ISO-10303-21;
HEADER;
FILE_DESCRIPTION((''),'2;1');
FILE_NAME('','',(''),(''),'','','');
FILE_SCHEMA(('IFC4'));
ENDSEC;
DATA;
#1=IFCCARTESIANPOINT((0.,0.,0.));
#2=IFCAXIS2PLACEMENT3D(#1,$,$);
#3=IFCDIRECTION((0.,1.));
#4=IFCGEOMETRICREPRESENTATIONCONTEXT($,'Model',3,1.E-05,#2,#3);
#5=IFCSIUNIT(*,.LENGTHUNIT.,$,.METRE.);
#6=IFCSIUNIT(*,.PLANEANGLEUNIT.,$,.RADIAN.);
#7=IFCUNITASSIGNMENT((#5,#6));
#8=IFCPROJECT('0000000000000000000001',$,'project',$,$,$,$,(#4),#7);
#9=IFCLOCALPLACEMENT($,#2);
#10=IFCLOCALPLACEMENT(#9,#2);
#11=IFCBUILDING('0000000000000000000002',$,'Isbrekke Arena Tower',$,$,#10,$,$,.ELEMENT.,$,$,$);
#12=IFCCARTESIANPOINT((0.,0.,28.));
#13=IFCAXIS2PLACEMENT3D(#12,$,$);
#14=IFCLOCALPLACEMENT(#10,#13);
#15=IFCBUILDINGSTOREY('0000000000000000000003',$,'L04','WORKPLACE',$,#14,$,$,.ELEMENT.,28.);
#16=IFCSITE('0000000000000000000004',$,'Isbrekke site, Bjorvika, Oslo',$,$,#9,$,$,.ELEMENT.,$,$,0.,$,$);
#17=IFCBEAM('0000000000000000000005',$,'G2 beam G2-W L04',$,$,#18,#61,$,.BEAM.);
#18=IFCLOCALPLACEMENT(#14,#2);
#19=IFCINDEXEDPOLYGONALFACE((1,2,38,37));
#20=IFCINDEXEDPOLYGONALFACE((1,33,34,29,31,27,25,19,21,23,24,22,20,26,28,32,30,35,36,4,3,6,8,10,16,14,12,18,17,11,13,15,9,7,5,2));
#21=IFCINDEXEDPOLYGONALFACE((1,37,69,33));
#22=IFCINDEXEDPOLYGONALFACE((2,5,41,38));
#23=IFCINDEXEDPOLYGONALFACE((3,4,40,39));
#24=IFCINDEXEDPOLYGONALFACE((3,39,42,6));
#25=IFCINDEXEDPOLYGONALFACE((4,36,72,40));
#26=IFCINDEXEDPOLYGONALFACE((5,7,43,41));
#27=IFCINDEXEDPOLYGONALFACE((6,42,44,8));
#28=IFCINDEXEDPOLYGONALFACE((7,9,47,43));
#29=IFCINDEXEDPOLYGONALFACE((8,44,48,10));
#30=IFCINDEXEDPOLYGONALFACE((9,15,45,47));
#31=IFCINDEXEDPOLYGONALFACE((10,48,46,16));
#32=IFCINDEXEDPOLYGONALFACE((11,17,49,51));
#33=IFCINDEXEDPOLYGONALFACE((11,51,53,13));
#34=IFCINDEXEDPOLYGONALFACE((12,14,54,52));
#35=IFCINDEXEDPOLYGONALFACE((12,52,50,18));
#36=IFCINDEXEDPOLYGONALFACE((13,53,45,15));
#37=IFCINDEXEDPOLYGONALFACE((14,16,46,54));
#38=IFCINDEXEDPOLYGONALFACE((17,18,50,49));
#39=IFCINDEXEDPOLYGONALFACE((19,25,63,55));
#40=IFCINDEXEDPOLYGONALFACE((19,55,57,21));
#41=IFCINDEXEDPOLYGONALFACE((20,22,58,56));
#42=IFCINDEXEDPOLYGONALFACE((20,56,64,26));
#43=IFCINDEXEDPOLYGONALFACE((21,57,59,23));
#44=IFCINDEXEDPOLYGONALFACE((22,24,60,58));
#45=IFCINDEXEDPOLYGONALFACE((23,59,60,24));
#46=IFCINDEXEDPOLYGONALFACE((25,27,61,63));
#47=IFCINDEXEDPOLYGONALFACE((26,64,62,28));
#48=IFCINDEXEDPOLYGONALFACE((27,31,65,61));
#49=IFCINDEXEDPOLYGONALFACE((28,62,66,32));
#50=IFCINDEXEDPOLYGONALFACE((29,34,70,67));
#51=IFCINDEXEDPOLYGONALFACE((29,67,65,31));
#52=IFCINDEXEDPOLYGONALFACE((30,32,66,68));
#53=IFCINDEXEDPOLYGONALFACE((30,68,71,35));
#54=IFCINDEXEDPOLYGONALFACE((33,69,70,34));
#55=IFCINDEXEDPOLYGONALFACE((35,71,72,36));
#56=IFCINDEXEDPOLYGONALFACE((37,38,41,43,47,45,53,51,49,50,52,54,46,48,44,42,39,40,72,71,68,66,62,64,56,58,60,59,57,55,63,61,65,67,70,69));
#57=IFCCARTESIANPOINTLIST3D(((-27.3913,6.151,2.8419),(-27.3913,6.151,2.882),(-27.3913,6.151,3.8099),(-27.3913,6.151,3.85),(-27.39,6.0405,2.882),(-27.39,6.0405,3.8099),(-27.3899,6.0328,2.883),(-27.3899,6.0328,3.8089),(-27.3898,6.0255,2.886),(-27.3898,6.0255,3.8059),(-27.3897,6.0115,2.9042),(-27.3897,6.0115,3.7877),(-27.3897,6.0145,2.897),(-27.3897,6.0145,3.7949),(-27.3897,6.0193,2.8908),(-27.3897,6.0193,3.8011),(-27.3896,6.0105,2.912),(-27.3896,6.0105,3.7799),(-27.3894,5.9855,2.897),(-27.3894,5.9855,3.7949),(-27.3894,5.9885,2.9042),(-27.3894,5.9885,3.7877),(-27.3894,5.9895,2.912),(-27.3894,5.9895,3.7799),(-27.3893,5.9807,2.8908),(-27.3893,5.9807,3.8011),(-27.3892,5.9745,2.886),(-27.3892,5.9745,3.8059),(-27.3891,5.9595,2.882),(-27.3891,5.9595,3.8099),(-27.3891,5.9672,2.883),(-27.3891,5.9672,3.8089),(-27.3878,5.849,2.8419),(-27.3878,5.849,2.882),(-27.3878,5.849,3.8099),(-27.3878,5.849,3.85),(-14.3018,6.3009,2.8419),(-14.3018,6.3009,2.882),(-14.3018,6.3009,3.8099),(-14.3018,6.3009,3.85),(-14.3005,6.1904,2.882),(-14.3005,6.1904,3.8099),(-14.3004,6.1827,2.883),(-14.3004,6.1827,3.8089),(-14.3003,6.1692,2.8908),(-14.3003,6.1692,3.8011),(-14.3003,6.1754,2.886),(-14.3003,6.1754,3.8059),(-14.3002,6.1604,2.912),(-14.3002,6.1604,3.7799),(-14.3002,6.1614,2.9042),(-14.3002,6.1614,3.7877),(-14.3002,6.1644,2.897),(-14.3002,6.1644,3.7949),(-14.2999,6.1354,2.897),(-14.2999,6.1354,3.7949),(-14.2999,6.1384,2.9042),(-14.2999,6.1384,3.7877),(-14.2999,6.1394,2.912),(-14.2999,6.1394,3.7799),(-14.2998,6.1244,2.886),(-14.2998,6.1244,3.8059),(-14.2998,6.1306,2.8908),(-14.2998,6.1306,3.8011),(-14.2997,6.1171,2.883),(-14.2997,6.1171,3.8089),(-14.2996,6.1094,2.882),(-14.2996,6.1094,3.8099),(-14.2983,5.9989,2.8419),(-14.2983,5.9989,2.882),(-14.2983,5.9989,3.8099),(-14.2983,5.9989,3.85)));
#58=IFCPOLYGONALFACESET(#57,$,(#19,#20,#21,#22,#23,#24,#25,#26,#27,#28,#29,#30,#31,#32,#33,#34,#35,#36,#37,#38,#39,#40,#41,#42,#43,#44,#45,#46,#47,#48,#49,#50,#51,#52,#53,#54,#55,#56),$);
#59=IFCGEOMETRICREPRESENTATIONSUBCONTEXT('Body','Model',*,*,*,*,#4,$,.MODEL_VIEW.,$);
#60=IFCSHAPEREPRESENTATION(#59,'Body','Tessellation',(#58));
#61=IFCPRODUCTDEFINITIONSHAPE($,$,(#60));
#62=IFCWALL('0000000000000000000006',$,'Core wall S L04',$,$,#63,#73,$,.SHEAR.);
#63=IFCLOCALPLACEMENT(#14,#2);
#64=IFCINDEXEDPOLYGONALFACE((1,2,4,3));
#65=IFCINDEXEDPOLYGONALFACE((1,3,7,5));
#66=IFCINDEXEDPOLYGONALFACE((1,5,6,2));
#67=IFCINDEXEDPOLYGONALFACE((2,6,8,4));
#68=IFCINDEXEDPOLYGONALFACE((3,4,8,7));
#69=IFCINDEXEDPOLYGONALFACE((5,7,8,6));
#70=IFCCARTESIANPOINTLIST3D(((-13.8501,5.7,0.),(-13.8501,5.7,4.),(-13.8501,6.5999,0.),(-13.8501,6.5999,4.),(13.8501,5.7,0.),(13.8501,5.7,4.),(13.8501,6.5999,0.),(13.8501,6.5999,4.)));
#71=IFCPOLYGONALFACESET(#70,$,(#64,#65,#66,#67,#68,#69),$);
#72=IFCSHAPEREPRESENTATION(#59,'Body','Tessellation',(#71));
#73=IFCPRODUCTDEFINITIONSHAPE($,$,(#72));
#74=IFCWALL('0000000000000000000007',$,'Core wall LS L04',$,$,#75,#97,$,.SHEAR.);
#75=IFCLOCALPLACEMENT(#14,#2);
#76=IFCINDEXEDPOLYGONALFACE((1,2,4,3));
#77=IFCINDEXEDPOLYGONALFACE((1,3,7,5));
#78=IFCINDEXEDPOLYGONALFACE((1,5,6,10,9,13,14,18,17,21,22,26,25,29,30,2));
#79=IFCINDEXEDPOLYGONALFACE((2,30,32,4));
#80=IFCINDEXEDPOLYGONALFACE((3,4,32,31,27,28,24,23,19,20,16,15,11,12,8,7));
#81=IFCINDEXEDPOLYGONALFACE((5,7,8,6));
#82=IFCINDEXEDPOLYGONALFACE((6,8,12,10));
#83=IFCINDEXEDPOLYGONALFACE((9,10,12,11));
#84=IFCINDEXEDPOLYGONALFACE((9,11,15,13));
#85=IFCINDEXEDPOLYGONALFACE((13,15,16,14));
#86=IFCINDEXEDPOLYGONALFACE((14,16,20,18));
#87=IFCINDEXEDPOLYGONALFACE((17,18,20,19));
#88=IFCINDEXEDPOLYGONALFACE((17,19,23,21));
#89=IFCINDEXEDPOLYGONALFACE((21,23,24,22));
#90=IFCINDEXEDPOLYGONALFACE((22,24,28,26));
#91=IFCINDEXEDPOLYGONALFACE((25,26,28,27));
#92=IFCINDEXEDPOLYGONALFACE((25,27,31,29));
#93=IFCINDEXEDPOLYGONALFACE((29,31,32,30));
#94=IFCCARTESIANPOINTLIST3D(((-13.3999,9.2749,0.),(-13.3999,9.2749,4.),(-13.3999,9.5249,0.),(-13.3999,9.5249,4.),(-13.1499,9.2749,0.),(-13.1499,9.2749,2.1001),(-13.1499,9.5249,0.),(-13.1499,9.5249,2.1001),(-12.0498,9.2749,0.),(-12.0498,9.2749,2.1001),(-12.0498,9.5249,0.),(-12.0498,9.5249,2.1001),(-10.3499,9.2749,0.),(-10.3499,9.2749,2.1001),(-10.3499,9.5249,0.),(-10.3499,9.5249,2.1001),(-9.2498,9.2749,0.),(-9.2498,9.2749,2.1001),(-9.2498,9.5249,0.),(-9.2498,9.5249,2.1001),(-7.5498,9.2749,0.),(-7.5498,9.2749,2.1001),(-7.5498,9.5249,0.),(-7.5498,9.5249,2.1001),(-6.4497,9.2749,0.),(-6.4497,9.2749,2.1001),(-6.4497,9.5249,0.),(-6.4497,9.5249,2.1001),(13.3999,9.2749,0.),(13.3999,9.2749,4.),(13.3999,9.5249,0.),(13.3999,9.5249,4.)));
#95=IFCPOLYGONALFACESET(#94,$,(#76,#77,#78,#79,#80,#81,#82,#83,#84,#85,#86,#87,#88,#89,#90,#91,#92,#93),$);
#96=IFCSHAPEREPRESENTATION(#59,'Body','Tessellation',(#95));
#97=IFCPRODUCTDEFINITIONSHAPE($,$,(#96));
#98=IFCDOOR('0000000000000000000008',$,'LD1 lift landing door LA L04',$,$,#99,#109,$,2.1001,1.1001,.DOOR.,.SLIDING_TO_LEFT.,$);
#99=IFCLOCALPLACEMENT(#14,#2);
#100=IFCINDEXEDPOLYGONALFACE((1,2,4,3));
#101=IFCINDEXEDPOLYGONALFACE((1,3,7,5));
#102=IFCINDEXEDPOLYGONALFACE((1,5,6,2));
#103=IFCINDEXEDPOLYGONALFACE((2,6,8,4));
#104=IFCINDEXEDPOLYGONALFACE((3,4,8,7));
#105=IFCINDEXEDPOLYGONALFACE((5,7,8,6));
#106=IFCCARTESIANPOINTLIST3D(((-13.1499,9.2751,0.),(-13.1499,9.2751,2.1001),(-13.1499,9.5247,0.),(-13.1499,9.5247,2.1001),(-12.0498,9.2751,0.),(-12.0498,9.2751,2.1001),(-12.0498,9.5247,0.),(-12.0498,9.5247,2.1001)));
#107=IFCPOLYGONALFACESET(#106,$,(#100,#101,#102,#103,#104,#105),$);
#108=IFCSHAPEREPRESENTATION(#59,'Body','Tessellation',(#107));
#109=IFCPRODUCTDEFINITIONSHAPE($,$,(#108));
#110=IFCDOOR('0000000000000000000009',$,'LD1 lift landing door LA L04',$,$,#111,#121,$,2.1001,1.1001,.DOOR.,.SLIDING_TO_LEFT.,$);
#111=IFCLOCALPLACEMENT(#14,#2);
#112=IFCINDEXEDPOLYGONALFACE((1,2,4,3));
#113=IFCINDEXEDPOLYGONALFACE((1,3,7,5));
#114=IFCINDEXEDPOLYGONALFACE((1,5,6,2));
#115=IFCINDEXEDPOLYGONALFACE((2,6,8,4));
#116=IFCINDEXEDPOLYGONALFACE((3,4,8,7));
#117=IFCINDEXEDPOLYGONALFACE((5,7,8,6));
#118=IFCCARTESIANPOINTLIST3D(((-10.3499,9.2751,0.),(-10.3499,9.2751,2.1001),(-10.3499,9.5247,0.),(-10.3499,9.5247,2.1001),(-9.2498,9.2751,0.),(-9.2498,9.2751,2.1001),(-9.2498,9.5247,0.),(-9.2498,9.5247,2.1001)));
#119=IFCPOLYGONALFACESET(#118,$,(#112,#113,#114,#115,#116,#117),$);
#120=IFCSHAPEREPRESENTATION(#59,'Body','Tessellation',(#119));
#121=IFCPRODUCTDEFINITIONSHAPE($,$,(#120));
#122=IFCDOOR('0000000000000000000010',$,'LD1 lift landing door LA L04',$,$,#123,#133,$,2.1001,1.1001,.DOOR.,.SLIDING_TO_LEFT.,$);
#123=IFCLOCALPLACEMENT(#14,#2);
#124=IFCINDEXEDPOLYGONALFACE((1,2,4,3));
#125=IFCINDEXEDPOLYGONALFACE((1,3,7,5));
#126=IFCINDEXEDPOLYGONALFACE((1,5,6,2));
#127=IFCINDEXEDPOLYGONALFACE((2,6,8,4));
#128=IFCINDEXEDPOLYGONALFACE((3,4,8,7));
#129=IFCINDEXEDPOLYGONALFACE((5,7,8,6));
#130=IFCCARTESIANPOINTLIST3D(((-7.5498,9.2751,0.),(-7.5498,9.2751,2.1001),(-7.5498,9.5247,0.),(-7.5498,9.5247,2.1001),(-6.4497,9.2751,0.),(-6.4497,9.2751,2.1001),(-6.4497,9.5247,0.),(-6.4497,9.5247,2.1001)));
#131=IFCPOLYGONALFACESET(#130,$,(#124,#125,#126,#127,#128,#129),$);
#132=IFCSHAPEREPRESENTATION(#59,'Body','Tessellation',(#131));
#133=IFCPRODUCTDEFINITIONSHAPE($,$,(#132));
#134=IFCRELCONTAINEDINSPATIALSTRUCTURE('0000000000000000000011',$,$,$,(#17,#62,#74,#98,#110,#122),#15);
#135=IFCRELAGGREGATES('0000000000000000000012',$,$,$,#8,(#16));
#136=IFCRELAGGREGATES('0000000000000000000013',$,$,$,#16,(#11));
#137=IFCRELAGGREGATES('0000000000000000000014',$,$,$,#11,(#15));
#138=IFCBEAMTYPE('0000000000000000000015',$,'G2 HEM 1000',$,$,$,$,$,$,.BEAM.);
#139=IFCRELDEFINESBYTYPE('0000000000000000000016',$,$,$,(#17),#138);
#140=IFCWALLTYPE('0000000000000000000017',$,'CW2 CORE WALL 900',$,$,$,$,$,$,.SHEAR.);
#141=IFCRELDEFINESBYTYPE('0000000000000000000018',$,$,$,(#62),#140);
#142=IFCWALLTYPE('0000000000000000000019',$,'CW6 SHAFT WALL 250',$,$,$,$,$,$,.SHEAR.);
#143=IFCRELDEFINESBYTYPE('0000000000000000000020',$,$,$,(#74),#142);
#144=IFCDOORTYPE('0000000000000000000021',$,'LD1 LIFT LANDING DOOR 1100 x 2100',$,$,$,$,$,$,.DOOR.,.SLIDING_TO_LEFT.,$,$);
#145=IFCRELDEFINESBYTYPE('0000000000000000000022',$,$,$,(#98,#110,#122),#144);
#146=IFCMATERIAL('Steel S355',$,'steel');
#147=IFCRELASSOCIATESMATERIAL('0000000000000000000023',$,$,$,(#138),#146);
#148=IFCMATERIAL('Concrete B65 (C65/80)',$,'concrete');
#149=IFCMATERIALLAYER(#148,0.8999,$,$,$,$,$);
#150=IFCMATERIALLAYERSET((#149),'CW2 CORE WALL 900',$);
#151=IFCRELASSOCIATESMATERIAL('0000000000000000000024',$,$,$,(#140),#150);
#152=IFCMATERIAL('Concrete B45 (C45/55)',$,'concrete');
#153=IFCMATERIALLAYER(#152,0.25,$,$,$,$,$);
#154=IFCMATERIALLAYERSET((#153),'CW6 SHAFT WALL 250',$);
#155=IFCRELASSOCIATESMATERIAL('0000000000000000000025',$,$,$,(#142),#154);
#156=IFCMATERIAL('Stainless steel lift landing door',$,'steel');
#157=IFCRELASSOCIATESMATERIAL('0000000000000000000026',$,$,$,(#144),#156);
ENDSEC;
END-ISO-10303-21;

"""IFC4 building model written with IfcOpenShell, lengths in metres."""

from ifc_helpers import new_model, si_unit, direction, frame, frame_2d, origin, origin_2d, place, context, subcontext, project, spatial, rectangle, i_section, extrude, material, layer, layer_set, material_profile, profile_set, type_object, element, fill, save


model = new_model("IFC4")

# Units and contexts
model_context = context("Model", 3, precision=1e-05, world=origin(), true_north=direction((0.0, 1.0)))
body_context = subcontext(model_context, "Body", "Model", "MODEL_VIEW")
ifc_project = project(units=[si_unit("LENGTHUNIT", "METRE"), si_unit("PLANEANGLEUNIT", "RADIAN")], contexts=[model_context])

# Site, building, storey
site_placement = place(None, origin())
site = spatial("IfcSite", under=ifc_project, at=site_placement, Name="Isbrekke site, Bjorvika, Oslo", CompositionType="ELEMENT", RefElevation=0.0)
building_placement = place(site_placement, origin())
building = spatial("IfcBuilding", under=site, at=building_placement, Name="Isbrekke Arena Tower", CompositionType="ELEMENT")
storey_placement = place(building_placement, frame((0.0, 0.0, 28.0)))
storey = spatial("IfcBuildingStorey", under=building, at=storey_placement, Name="L04", Description="WORKPLACE", CompositionType="ELEMENT", Elevation=28.0)

# Beam
ifc_material_1 = material(Name="Steel S355", Category="steel")
ifc_material_profile = material_profile(ifc_material_1, i_section(OverallWidth=0.302, OverallDepth=1.0081, WebThickness=0.021, FlangeThickness=0.04, FilletRadius=0.03, at=origin_2d()), Name="HEM 1000")
ifc_profile_set = profile_set([ifc_material_profile], Name="Steel S355")
beam_type = type_object("IfcBeamType", Name="G2 HEM 1000", PredefinedType="BEAM", material=ifc_profile_set)
beam_placement = place(storey_placement, frame((-14.3, 6.1499, 3.3459), z_axis=(-0.999934, -0.011451, 0.0), x_axis=(0.011451, -0.999934, 0.0)))
element("IfcBeam", 1, at=beam_placement, inside=storey, type_object=beam_type, Name="G2 beam G2-W L04", PredefinedType="BEAM", context=body_context, shape_type="SweptSolid", body=[
    extrude(i_section(OverallWidth=0.302, OverallDepth=1.0081, WebThickness=0.021, FlangeThickness=0.04, FilletRadius=0.03, at=origin_2d()), origin(), (0.0, 0.0, 1.0), 13.0903),
])

# Wall
ifc_material_2 = material(Name="Concrete B65 (C65/80)", Category="concrete")
ifc_layer_1 = layer(ifc_material_2, 0.8999)
ifc_layer_set_1 = layer_set([ifc_layer_1], Name="CW2 CORE WALL 900")
wall_type_1 = type_object("IfcWallType", Name="CW2 CORE WALL 900", PredefinedType="SHEAR", material=ifc_layer_set_1)
wall_1_placement = place(storey_placement, frame((-13.8501, 6.1499, 0.0), z_axis=(0.0, 0.0, 1.0), x_axis=(1.0, 0.0, 0.0)))
element("IfcWall", 2, at=wall_1_placement, inside=storey, type_object=wall_type_1, Name="Core wall S L04", PredefinedType="SHEAR", context=body_context, shape_type="SweptSolid", body=[
    extrude(rectangle(XDim=27.7002, YDim=0.8999, at=frame_2d((13.8501, 0.0))), origin(), (0.0, 0.0, 1.0), 4.0),
])

# Wall, openings, doors
ifc_material_3 = material(Name="Concrete B45 (C45/55)", Category="concrete")
ifc_layer_2 = layer(ifc_material_3, 0.25)
ifc_layer_set_2 = layer_set([ifc_layer_2], Name="CW6 SHAFT WALL 250")
wall_type_2 = type_object("IfcWallType", Name="CW6 SHAFT WALL 250", PredefinedType="SHEAR", material=ifc_layer_set_2)
wall_2_placement = place(storey_placement, frame((-13.3999, 9.3999, 0.0), z_axis=(0.0, 0.0, 1.0), x_axis=(1.0, 0.0, 0.0)))
wall_2 = element("IfcWall", 3, at=wall_2_placement, inside=storey, type_object=wall_type_2, Name="Core wall LS L04", PredefinedType="SHEAR", context=body_context, shape_type="SweptSolid", body=[
    extrude(rectangle(XDim=26.7998, YDim=0.25, at=frame_2d((13.3999, 0.0))), origin(), (0.0, 0.0, 1.0), 4.0),
])
opening_1_placement = place(wall_2_placement, frame((0.25, 0.0, 0.0)))
opening_1 = element("IfcOpeningElement", 4, at=opening_1_placement, cuts=wall_2, PredefinedType="OPENING", context=body_context, shape_type="SweptSolid", body=[
    extrude(rectangle(XDim=1.1001, YDim=2.1001, at=frame_2d((0.55, 1.05))), frame((0.0, 0.1399, 0.0), z_axis=(0.0, -1.0, 0.0), x_axis=(1.0, 0.0, 0.0)), (0.0, 0.0, 1.0), 0.2798),
])
opening_2_placement = place(wall_2_placement, frame((3.05, 0.0, 0.0)))
opening_2 = element("IfcOpeningElement", 5, at=opening_2_placement, cuts=wall_2, PredefinedType="OPENING", context=body_context, shape_type="SweptSolid", body=[
    extrude(rectangle(XDim=1.1001, YDim=2.1001, at=frame_2d((0.55, 1.05))), frame((0.0, 0.1399, 0.0), z_axis=(0.0, -1.0, 0.0), x_axis=(1.0, 0.0, 0.0)), (0.0, 0.0, 1.0), 0.2798),
])
opening_3_placement = place(wall_2_placement, frame((5.8501, 0.0, 0.0)))
opening_3 = element("IfcOpeningElement", 6, at=opening_3_placement, cuts=wall_2, PredefinedType="OPENING", context=body_context, shape_type="SweptSolid", body=[
    extrude(rectangle(XDim=1.1001, YDim=2.1001, at=frame_2d((0.55, 1.05))), frame((0.0, 0.1399, 0.0), z_axis=(0.0, -1.0, 0.0), x_axis=(1.0, 0.0, 0.0)), (0.0, 0.0, 1.0), 0.2798),
])
ifc_material_4 = material(Name="Stainless steel lift landing door", Category="steel")
door_type_1 = type_object("IfcDoorType", Name="LD1 LIFT LANDING DOOR 1100 x 2100", OperationType="SLIDING_TO_LEFT", PredefinedType="DOOR", material=ifc_material_4)
door_1_placement = place(opening_1_placement, origin())
door_1 = element("IfcDoor", 7, at=door_1_placement, inside=storey, type_object=door_type_1, Name="LD1 lift landing door LA L04", OperationType="SLIDING_TO_LEFT", OverallHeight=2.1001, OverallWidth=1.1001, PredefinedType="DOOR", context=body_context, shape_type="SweptSolid", body=[
    extrude(rectangle(XDim=1.1001, YDim=2.1001, at=frame_2d((0.55, 1.05))), frame((0.0, 0.1248, 0.0), z_axis=(0.0, -1.0, 0.0), x_axis=(1.0, 0.0, 0.0)), (0.0, 0.0, 1.0), 0.2495),
])
fill(opening_1, door_1)
door_2_placement = place(opening_2_placement, origin())
door_2 = element("IfcDoor", 8, at=door_2_placement, inside=storey, type_object=door_type_1, Name="LD1 lift landing door LA L04", OperationType="SLIDING_TO_LEFT", OverallHeight=2.1001, OverallWidth=1.1001, PredefinedType="DOOR", context=body_context, shape_type="SweptSolid", body=[
    extrude(rectangle(XDim=1.1001, YDim=2.1001, at=frame_2d((0.55, 1.05))), frame((0.0, 0.1248, 0.0), z_axis=(0.0, -1.0, 0.0), x_axis=(1.0, 0.0, 0.0)), (0.0, 0.0, 1.0), 0.2495),
])
fill(opening_2, door_2)
door_3_placement = place(opening_3_placement, origin())
door_3 = element("IfcDoor", 9, at=door_3_placement, inside=storey, type_object=door_type_1, Name="LD1 lift landing door LA L04", OperationType="SLIDING_TO_LEFT", OverallHeight=2.1001, OverallWidth=1.1001, PredefinedType="DOOR", context=body_context, shape_type="SweptSolid", body=[
    extrude(rectangle(XDim=1.1001, YDim=2.1001, at=frame_2d((0.55, 1.05))), frame((0.0, 0.1248, 0.0), z_axis=(0.0, -1.0, 0.0), x_axis=(1.0, 0.0, 0.0)), (0.0, 0.0, 1.0), 0.2495),
])
fill(opening_3, door_3)

save(model, "model.ifc")
